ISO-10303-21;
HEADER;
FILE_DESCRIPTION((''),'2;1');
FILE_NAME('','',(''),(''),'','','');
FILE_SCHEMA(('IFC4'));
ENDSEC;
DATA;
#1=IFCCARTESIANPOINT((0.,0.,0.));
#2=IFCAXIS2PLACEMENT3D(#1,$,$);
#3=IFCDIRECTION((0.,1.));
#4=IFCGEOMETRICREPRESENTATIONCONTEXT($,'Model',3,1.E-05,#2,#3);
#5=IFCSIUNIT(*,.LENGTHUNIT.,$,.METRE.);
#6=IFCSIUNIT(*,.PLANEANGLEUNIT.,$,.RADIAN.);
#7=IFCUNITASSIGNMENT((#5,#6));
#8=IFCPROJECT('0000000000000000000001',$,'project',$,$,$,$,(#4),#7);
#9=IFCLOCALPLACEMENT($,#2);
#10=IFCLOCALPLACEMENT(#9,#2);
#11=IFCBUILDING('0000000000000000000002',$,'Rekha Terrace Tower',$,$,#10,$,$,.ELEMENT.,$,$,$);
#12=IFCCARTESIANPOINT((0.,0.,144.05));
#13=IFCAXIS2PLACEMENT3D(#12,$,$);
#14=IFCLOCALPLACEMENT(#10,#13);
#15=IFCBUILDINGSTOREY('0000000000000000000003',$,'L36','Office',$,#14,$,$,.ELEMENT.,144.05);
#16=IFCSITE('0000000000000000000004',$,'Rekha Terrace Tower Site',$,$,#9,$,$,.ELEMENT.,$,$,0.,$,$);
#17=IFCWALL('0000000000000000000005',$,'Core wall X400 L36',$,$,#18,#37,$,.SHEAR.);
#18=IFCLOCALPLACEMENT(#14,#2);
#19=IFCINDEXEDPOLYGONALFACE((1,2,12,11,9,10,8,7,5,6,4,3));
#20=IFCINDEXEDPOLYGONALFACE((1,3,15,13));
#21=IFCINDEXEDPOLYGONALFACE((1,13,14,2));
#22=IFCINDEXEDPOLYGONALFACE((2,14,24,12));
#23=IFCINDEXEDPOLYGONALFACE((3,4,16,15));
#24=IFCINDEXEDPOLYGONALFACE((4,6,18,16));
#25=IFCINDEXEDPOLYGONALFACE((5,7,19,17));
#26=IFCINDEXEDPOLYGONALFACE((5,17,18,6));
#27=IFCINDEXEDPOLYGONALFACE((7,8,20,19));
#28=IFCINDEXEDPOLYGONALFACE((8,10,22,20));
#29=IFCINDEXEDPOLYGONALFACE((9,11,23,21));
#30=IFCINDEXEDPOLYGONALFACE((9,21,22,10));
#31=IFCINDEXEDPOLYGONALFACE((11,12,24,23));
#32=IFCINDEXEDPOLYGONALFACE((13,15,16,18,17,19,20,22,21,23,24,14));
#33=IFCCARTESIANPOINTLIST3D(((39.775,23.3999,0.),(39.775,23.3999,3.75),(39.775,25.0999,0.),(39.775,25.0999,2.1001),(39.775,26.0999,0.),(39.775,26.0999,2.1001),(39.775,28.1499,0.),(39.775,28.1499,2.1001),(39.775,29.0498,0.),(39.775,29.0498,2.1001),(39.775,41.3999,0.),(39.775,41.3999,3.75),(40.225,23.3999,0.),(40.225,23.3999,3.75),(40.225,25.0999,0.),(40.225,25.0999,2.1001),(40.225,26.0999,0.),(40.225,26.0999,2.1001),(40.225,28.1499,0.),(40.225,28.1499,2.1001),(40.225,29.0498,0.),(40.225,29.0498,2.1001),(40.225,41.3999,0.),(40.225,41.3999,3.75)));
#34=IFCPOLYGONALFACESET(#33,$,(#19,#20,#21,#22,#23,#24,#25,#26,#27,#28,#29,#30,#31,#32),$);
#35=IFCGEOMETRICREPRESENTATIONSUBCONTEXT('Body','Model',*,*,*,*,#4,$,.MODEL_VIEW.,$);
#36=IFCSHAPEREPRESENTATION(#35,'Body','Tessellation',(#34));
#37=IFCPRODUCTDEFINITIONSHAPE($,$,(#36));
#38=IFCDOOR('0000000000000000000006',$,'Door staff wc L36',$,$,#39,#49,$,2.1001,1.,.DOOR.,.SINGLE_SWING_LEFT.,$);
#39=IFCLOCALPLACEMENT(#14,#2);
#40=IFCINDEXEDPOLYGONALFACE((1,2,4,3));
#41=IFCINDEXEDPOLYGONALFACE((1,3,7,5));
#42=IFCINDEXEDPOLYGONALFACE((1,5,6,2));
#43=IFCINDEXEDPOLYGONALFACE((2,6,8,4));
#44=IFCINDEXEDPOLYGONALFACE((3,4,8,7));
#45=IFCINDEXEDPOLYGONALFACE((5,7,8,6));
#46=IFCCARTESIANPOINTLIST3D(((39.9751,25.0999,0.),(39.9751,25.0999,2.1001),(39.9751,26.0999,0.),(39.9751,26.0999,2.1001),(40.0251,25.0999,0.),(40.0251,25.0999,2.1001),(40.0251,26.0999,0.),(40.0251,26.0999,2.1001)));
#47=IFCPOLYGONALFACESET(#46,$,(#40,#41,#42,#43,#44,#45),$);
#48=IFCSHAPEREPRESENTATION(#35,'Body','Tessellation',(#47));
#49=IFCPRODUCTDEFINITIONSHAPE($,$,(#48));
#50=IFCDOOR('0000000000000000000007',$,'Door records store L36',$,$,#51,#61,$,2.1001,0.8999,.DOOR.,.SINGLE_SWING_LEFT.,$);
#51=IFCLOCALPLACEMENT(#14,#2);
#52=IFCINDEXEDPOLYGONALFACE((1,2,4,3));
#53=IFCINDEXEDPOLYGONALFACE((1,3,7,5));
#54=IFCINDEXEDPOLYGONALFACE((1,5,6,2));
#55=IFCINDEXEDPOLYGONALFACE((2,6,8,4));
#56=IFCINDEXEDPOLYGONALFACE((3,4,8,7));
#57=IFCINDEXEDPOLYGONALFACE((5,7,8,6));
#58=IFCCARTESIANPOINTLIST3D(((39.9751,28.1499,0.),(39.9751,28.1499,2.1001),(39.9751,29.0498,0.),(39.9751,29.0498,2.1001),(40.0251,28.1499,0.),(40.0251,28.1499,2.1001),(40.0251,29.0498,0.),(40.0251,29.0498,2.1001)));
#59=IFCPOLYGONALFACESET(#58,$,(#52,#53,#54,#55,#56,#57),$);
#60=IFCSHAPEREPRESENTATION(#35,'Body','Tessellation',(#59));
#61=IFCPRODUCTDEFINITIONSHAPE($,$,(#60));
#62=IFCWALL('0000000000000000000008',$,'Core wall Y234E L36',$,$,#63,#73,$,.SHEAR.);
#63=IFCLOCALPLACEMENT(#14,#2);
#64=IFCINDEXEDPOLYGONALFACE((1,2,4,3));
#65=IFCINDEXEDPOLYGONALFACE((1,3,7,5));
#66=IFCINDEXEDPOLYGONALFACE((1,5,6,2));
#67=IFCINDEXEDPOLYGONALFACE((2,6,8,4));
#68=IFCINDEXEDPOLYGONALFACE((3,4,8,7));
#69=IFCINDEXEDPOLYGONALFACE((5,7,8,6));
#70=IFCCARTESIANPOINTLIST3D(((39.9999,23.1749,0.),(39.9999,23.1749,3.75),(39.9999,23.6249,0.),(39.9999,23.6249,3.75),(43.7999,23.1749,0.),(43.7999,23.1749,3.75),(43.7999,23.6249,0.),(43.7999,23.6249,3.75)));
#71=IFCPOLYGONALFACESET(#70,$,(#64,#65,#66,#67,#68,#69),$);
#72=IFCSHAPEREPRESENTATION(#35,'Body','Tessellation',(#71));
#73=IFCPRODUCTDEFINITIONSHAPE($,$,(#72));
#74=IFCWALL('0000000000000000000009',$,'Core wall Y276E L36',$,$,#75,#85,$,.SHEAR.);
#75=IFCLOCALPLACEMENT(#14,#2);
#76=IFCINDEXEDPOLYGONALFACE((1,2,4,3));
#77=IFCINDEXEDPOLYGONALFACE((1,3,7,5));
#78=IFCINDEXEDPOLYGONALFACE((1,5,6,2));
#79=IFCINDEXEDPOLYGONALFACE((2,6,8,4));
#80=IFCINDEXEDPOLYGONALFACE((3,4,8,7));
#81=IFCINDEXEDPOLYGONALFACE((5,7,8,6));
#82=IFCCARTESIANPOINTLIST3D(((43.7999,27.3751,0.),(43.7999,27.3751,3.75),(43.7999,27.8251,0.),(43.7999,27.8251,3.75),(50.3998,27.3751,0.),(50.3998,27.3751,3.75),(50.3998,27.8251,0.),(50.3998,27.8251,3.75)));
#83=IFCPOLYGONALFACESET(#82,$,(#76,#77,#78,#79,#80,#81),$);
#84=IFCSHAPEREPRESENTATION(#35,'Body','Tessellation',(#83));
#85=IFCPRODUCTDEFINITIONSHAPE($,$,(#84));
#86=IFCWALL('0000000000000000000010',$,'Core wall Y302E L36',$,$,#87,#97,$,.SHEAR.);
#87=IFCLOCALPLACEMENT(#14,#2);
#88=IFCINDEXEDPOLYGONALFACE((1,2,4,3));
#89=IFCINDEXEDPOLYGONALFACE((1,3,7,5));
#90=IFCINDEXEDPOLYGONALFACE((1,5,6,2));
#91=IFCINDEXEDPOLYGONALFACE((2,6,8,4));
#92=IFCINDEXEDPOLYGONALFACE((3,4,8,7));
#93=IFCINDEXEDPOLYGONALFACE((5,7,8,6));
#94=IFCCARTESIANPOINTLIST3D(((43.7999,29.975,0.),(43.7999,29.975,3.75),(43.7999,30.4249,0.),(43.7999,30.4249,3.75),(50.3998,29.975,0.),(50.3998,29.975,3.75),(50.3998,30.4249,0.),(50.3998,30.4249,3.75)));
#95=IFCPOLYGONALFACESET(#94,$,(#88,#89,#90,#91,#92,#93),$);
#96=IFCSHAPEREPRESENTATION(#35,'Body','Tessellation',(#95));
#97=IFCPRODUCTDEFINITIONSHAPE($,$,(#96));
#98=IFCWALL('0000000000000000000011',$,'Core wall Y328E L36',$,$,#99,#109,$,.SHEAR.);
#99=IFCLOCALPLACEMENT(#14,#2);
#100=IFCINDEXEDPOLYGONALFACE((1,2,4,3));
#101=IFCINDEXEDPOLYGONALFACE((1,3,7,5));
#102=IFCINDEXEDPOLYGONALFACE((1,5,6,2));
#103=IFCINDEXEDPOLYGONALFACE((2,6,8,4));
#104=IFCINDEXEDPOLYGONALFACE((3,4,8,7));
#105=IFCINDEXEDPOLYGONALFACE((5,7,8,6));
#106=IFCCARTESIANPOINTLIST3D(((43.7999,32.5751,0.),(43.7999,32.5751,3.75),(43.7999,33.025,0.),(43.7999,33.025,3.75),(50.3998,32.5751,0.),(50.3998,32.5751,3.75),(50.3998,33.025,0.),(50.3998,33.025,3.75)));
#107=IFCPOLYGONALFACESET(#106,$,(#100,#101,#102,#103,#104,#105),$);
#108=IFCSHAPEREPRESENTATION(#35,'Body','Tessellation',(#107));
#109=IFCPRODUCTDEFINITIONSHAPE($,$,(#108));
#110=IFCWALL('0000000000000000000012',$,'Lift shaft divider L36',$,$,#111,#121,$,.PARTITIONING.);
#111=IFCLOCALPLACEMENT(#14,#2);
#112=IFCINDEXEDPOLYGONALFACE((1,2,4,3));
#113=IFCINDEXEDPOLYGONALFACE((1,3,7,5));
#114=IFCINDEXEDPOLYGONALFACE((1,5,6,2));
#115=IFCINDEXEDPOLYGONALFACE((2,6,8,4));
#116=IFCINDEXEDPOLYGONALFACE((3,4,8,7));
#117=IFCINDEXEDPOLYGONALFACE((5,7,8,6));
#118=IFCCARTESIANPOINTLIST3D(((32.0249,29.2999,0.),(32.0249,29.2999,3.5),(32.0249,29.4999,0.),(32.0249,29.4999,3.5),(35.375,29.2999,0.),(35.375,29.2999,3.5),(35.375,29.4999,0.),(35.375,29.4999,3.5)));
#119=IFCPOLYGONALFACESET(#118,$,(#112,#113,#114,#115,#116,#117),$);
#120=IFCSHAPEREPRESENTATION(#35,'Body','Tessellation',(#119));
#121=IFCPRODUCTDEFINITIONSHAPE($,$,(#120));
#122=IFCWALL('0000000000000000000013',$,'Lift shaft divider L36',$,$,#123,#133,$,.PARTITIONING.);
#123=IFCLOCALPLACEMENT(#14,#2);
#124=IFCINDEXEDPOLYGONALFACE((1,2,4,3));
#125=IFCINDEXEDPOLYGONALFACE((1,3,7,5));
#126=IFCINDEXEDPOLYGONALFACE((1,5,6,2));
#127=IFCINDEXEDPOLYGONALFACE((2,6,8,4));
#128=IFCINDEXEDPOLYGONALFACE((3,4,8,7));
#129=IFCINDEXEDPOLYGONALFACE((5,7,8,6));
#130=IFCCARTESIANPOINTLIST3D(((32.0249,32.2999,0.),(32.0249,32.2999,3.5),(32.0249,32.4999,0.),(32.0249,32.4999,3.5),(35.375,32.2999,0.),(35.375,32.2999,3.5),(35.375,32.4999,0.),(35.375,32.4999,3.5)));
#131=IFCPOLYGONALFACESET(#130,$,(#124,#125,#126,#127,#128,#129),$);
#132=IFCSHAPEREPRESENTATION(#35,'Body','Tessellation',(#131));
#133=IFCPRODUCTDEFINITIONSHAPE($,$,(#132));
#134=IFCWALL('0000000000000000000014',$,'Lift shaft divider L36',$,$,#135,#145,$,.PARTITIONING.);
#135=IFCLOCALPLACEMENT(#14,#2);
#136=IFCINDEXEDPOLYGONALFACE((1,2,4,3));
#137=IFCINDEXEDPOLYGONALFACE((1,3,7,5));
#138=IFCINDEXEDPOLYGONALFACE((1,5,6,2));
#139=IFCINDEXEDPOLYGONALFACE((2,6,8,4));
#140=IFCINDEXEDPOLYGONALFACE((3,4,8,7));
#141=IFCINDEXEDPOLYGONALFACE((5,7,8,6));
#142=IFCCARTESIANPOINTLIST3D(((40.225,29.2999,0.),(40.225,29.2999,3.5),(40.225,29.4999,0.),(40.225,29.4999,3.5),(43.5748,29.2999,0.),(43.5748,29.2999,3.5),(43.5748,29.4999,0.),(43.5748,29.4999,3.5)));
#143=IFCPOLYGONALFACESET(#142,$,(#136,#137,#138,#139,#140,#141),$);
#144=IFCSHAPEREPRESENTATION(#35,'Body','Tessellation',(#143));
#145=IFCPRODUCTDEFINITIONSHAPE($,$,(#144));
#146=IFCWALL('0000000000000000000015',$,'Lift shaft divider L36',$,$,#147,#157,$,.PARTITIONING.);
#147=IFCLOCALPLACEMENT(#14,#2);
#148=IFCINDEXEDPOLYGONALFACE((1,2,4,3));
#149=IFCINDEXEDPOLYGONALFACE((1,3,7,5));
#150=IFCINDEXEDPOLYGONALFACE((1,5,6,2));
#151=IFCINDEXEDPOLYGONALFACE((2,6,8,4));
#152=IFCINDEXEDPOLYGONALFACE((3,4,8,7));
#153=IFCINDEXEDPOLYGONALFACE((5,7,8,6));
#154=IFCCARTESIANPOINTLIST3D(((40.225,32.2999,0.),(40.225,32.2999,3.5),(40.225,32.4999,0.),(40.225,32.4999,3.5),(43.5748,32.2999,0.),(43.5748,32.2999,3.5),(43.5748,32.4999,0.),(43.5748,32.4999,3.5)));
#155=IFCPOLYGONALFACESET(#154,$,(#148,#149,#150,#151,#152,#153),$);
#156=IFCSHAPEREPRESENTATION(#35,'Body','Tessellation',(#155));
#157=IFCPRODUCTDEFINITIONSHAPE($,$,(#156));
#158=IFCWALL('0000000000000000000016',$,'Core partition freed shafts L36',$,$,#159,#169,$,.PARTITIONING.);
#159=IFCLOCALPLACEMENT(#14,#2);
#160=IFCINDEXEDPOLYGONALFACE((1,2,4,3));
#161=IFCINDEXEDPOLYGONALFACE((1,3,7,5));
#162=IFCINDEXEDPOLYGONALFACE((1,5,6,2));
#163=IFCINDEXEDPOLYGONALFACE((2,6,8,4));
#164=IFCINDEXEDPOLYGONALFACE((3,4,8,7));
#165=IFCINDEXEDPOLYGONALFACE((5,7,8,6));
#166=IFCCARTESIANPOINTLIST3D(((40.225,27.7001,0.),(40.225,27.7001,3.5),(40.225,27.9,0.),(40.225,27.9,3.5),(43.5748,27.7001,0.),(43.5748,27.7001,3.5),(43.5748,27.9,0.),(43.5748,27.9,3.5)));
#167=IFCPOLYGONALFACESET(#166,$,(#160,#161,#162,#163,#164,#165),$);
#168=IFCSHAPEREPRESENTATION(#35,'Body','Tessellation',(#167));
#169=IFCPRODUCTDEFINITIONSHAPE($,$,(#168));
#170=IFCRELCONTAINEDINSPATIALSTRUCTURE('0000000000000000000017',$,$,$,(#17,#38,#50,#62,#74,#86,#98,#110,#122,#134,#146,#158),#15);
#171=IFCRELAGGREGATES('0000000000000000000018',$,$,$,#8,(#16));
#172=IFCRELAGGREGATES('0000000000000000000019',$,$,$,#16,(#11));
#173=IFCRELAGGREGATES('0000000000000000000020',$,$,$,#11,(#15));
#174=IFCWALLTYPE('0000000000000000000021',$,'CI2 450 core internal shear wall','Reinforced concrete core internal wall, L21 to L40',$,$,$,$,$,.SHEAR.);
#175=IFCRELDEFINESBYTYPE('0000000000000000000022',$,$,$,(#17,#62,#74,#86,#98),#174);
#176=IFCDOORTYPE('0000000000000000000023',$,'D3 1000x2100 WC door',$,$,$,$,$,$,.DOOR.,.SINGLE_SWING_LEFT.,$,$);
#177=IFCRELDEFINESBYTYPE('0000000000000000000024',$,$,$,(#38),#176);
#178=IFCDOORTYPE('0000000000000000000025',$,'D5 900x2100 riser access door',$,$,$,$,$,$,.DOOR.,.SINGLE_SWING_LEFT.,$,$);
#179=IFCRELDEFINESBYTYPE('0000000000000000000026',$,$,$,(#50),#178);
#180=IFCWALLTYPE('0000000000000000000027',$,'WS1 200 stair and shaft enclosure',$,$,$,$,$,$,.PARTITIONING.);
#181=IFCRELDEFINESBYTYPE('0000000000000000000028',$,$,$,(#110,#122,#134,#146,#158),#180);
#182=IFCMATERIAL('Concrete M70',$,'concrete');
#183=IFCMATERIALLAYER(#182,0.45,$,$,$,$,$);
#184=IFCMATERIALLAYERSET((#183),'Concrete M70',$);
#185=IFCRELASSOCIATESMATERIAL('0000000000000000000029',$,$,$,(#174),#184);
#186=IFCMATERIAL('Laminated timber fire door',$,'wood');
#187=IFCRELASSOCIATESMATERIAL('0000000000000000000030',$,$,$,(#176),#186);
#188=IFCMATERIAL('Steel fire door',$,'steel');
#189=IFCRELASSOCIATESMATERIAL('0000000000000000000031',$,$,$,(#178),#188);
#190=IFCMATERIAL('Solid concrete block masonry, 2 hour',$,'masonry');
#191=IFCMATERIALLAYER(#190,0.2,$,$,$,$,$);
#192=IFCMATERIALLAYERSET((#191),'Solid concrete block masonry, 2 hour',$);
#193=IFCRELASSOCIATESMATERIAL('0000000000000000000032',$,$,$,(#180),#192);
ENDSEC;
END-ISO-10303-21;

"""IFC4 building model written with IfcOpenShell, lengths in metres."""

from ifc_helpers import new_model, si_unit, direction, frame, frame_2d, origin, place, context, subcontext, project, spatial, rectangle, extrude, material, layer, layer_set, type_object, element, fill, save


model = new_model("IFC4")

# Units and contexts
model_context = context("Model", 3, precision=1e-05, world=origin(), true_north=direction((0.0, 1.0)))
body_context = subcontext(model_context, "Body", "Model", "MODEL_VIEW")
ifc_project = project(units=[si_unit("LENGTHUNIT", "METRE"), si_unit("PLANEANGLEUNIT", "RADIAN")], contexts=[model_context])

# Site, building, storey
site_placement = place(None, origin())
site = spatial("IfcSite", under=ifc_project, at=site_placement, Name="Rekha Terrace Tower Site", CompositionType="ELEMENT", RefElevation=0.0)
building_placement = place(site_placement, origin())
building = spatial("IfcBuilding", under=site, at=building_placement, Name="Rekha Terrace Tower", CompositionType="ELEMENT")
storey_placement = place(building_placement, frame((0.0, 0.0, 144.05)))
storey = spatial("IfcBuildingStorey", under=building, at=storey_placement, Name="L36", Description="Office", CompositionType="ELEMENT", Elevation=144.05)

# Wall, openings, doors
ifc_material_1 = material(Name="Concrete M70", Category="concrete")
ifc_layer_1 = layer(ifc_material_1, 0.45)
ifc_layer_set_1 = layer_set([ifc_layer_1], Name="Concrete M70")
wall_type_1 = type_object("IfcWallType", Name="CI2 450 core internal shear wall", Description="Reinforced concrete core internal wall, L21 to L40", PredefinedType="SHEAR", material=ifc_layer_set_1)
wall_1_placement = place(storey_placement, frame((40.0, 23.3999, 0.0), z_axis=(0.0, 0.0, 1.0), x_axis=(0.0, 1.0, 0.0)))
wall_1 = element("IfcWall", 1, at=wall_1_placement, inside=storey, type_object=wall_type_1, Name="Core wall X400 L36", PredefinedType="SHEAR", context=body_context, shape_type="SweptSolid", body=[
    extrude(rectangle(XDim=18.0, YDim=0.45, at=frame_2d((9.0, 0.0))), origin(), (0.0, 0.0, 1.0), 3.75),
])
opening_1_placement = place(wall_1_placement, frame((1.7, 0.0, 0.0)))
opening_1 = element("IfcOpeningElement", 2, at=opening_1_placement, cuts=wall_1, PredefinedType="OPENING", context=body_context, shape_type="SweptSolid", body=[
    extrude(rectangle(XDim=1.0, YDim=2.1001, at=frame_2d((0.5, 1.05))), frame((0.0, 0.2349, 0.0), z_axis=(0.0, -1.0, 0.0), x_axis=(1.0, 0.0, 0.0)), (0.0, 0.0, 1.0), 0.47),
])
opening_2_placement = place(wall_1_placement, frame((4.75, 0.0, 0.0)))
opening_2 = element("IfcOpeningElement", 3, at=opening_2_placement, cuts=wall_1, PredefinedType="OPENING", context=body_context, shape_type="SweptSolid", body=[
    extrude(rectangle(XDim=0.8999, YDim=2.1001, at=frame_2d((0.45, 1.05))), frame((0.0, 0.2349, 0.0), z_axis=(0.0, -1.0, 0.0), x_axis=(1.0, 0.0, 0.0)), (0.0, 0.0, 1.0), 0.47),
])
ifc_material_2 = material(Name="Laminated timber fire door", Category="wood")
door_type_1 = type_object("IfcDoorType", Name="D3 1000x2100 WC door", OperationType="SINGLE_SWING_LEFT", PredefinedType="DOOR", material=ifc_material_2)
door_1_placement = place(opening_1_placement, origin())
door_1 = element("IfcDoor", 4, at=door_1_placement, inside=storey, type_object=door_type_1, Name="Door staff wc L36", OperationType="SINGLE_SWING_LEFT", OverallHeight=2.1001, OverallWidth=1.0, PredefinedType="DOOR", context=body_context, shape_type="SweptSolid", body=[
    extrude(rectangle(XDim=1.0, YDim=2.1001, at=frame_2d((0.5, 1.05))), frame((0.0, 0.0249, 0.0), z_axis=(0.0, -1.0, 0.0), x_axis=(1.0, 0.0, 0.0)), (0.0, 0.0, 1.0), 0.05),
])
fill(opening_1, door_1)
ifc_material_3 = material(Name="Steel fire door", Category="steel")
door_type_2 = type_object("IfcDoorType", Name="D5 900x2100 riser access door", OperationType="SINGLE_SWING_LEFT", PredefinedType="DOOR", material=ifc_material_3)
door_2_placement = place(opening_2_placement, origin())
door_2 = element("IfcDoor", 5, at=door_2_placement, inside=storey, type_object=door_type_2, Name="Door records store L36", OperationType="SINGLE_SWING_LEFT", OverallHeight=2.1001, OverallWidth=0.8999, PredefinedType="DOOR", context=body_context, shape_type="SweptSolid", body=[
    extrude(rectangle(XDim=0.8999, YDim=2.1001, at=frame_2d((0.45, 1.05))), frame((0.0, 0.0249, 0.0), z_axis=(0.0, -1.0, 0.0), x_axis=(1.0, 0.0, 0.0)), (0.0, 0.0, 1.0), 0.05),
])
fill(opening_2, door_2)

# Walls
wall_2_placement = place(storey_placement, frame((40.0, 23.3999, 0.0), z_axis=(0.0, 0.0, 1.0), x_axis=(1.0, 0.0, 0.0)))
element("IfcWall", 6, at=wall_2_placement, inside=storey, type_object=wall_type_1, Name="Core wall Y234E L36", PredefinedType="SHEAR", context=body_context, shape_type="SweptSolid", body=[
    extrude(rectangle(XDim=3.8, YDim=0.45, at=frame_2d((1.8999, 0.0))), origin(), (0.0, 0.0, 1.0), 3.75),
])
for number, where, z_axis, x_axis, name in (
    (7, (43.8, 27.6001, 0.0), (0.0, 0.0, 1.0), (1.0, 0.0, 0.0), "Core wall Y276E L36"),
    (8, (43.8, 30.2, 0.0), (0.0, 0.0, 1.0), (1.0, 0.0, 0.0), "Core wall Y302E L36"),
    (9, (43.8, 32.8, 0.0), (0.0, 0.0, 1.0), (1.0, 0.0, 0.0), "Core wall Y328E L36"),
):
    element("IfcWall", number, at=place(storey_placement, frame(where, z_axis=z_axis, x_axis=x_axis)), inside=storey, type_object=wall_type_1, Name=name, PredefinedType="SHEAR", context=body_context, shape_type="SweptSolid", body=[
        extrude(rectangle(XDim=6.5999, YDim=0.45, at=frame_2d((3.2998, 0.0))), origin(), (0.0, 0.0, 1.0), 3.75),
    ])
ifc_material_4 = material(Name="Solid concrete block masonry, 2 hour", Category="masonry")
ifc_layer_2 = layer(ifc_material_4, 0.2)
ifc_layer_set_2 = layer_set([ifc_layer_2], Name="Solid concrete block masonry, 2 hour")
wall_type_2 = type_object("IfcWallType", Name="WS1 200 stair and shaft enclosure", PredefinedType="PARTITIONING", material=ifc_layer_set_2)
for number, where, z_axis, x_axis, name in (
    (10, (32.0249, 29.3999, 0.0), (0.0, 0.0, 1.0), (1.0, 0.0, 0.0), "Lift shaft divider L36"),
    (11, (32.0249, 32.3999, 0.0), (0.0, 0.0, 1.0), (1.0, 0.0, 0.0), "Lift shaft divider L36"),
):
    element("IfcWall", number, at=place(storey_placement, frame(where, z_axis=z_axis, x_axis=x_axis)), inside=storey, type_object=wall_type_2, Name=name, PredefinedType="PARTITIONING", context=body_context, shape_type="SweptSolid", body=[
        extrude(rectangle(XDim=3.3501, YDim=0.2, at=frame_2d((1.675, 0.0))), origin(), (0.0, 0.0, 1.0), 3.5),
    ])
for number, where, z_axis, x_axis, name in (
    (12, (40.2251, 29.3999, 0.0), (0.0, 0.0, 1.0), (1.0, 0.0, 0.0), "Lift shaft divider L36"),
    (13, (40.2251, 32.3999, 0.0), (0.0, 0.0, 1.0), (1.0, 0.0, 0.0), "Lift shaft divider L36"),
    (14, (40.2251, 27.8, 0.0), (0.0, 0.0, 1.0), (1.0, 0.0, 0.0), "Core partition freed shafts L36"),
):
    element("IfcWall", number, at=place(storey_placement, frame(where, z_axis=z_axis, x_axis=x_axis)), inside=storey, type_object=wall_type_2, Name=name, PredefinedType="PARTITIONING", context=body_context, shape_type="SweptSolid", body=[
        extrude(rectangle(XDim=3.3499, YDim=0.2, at=frame_2d((1.6748, 0.0))), origin(), (0.0, 0.0, 1.0), 3.5),
    ])

save(model, "model.ifc")
